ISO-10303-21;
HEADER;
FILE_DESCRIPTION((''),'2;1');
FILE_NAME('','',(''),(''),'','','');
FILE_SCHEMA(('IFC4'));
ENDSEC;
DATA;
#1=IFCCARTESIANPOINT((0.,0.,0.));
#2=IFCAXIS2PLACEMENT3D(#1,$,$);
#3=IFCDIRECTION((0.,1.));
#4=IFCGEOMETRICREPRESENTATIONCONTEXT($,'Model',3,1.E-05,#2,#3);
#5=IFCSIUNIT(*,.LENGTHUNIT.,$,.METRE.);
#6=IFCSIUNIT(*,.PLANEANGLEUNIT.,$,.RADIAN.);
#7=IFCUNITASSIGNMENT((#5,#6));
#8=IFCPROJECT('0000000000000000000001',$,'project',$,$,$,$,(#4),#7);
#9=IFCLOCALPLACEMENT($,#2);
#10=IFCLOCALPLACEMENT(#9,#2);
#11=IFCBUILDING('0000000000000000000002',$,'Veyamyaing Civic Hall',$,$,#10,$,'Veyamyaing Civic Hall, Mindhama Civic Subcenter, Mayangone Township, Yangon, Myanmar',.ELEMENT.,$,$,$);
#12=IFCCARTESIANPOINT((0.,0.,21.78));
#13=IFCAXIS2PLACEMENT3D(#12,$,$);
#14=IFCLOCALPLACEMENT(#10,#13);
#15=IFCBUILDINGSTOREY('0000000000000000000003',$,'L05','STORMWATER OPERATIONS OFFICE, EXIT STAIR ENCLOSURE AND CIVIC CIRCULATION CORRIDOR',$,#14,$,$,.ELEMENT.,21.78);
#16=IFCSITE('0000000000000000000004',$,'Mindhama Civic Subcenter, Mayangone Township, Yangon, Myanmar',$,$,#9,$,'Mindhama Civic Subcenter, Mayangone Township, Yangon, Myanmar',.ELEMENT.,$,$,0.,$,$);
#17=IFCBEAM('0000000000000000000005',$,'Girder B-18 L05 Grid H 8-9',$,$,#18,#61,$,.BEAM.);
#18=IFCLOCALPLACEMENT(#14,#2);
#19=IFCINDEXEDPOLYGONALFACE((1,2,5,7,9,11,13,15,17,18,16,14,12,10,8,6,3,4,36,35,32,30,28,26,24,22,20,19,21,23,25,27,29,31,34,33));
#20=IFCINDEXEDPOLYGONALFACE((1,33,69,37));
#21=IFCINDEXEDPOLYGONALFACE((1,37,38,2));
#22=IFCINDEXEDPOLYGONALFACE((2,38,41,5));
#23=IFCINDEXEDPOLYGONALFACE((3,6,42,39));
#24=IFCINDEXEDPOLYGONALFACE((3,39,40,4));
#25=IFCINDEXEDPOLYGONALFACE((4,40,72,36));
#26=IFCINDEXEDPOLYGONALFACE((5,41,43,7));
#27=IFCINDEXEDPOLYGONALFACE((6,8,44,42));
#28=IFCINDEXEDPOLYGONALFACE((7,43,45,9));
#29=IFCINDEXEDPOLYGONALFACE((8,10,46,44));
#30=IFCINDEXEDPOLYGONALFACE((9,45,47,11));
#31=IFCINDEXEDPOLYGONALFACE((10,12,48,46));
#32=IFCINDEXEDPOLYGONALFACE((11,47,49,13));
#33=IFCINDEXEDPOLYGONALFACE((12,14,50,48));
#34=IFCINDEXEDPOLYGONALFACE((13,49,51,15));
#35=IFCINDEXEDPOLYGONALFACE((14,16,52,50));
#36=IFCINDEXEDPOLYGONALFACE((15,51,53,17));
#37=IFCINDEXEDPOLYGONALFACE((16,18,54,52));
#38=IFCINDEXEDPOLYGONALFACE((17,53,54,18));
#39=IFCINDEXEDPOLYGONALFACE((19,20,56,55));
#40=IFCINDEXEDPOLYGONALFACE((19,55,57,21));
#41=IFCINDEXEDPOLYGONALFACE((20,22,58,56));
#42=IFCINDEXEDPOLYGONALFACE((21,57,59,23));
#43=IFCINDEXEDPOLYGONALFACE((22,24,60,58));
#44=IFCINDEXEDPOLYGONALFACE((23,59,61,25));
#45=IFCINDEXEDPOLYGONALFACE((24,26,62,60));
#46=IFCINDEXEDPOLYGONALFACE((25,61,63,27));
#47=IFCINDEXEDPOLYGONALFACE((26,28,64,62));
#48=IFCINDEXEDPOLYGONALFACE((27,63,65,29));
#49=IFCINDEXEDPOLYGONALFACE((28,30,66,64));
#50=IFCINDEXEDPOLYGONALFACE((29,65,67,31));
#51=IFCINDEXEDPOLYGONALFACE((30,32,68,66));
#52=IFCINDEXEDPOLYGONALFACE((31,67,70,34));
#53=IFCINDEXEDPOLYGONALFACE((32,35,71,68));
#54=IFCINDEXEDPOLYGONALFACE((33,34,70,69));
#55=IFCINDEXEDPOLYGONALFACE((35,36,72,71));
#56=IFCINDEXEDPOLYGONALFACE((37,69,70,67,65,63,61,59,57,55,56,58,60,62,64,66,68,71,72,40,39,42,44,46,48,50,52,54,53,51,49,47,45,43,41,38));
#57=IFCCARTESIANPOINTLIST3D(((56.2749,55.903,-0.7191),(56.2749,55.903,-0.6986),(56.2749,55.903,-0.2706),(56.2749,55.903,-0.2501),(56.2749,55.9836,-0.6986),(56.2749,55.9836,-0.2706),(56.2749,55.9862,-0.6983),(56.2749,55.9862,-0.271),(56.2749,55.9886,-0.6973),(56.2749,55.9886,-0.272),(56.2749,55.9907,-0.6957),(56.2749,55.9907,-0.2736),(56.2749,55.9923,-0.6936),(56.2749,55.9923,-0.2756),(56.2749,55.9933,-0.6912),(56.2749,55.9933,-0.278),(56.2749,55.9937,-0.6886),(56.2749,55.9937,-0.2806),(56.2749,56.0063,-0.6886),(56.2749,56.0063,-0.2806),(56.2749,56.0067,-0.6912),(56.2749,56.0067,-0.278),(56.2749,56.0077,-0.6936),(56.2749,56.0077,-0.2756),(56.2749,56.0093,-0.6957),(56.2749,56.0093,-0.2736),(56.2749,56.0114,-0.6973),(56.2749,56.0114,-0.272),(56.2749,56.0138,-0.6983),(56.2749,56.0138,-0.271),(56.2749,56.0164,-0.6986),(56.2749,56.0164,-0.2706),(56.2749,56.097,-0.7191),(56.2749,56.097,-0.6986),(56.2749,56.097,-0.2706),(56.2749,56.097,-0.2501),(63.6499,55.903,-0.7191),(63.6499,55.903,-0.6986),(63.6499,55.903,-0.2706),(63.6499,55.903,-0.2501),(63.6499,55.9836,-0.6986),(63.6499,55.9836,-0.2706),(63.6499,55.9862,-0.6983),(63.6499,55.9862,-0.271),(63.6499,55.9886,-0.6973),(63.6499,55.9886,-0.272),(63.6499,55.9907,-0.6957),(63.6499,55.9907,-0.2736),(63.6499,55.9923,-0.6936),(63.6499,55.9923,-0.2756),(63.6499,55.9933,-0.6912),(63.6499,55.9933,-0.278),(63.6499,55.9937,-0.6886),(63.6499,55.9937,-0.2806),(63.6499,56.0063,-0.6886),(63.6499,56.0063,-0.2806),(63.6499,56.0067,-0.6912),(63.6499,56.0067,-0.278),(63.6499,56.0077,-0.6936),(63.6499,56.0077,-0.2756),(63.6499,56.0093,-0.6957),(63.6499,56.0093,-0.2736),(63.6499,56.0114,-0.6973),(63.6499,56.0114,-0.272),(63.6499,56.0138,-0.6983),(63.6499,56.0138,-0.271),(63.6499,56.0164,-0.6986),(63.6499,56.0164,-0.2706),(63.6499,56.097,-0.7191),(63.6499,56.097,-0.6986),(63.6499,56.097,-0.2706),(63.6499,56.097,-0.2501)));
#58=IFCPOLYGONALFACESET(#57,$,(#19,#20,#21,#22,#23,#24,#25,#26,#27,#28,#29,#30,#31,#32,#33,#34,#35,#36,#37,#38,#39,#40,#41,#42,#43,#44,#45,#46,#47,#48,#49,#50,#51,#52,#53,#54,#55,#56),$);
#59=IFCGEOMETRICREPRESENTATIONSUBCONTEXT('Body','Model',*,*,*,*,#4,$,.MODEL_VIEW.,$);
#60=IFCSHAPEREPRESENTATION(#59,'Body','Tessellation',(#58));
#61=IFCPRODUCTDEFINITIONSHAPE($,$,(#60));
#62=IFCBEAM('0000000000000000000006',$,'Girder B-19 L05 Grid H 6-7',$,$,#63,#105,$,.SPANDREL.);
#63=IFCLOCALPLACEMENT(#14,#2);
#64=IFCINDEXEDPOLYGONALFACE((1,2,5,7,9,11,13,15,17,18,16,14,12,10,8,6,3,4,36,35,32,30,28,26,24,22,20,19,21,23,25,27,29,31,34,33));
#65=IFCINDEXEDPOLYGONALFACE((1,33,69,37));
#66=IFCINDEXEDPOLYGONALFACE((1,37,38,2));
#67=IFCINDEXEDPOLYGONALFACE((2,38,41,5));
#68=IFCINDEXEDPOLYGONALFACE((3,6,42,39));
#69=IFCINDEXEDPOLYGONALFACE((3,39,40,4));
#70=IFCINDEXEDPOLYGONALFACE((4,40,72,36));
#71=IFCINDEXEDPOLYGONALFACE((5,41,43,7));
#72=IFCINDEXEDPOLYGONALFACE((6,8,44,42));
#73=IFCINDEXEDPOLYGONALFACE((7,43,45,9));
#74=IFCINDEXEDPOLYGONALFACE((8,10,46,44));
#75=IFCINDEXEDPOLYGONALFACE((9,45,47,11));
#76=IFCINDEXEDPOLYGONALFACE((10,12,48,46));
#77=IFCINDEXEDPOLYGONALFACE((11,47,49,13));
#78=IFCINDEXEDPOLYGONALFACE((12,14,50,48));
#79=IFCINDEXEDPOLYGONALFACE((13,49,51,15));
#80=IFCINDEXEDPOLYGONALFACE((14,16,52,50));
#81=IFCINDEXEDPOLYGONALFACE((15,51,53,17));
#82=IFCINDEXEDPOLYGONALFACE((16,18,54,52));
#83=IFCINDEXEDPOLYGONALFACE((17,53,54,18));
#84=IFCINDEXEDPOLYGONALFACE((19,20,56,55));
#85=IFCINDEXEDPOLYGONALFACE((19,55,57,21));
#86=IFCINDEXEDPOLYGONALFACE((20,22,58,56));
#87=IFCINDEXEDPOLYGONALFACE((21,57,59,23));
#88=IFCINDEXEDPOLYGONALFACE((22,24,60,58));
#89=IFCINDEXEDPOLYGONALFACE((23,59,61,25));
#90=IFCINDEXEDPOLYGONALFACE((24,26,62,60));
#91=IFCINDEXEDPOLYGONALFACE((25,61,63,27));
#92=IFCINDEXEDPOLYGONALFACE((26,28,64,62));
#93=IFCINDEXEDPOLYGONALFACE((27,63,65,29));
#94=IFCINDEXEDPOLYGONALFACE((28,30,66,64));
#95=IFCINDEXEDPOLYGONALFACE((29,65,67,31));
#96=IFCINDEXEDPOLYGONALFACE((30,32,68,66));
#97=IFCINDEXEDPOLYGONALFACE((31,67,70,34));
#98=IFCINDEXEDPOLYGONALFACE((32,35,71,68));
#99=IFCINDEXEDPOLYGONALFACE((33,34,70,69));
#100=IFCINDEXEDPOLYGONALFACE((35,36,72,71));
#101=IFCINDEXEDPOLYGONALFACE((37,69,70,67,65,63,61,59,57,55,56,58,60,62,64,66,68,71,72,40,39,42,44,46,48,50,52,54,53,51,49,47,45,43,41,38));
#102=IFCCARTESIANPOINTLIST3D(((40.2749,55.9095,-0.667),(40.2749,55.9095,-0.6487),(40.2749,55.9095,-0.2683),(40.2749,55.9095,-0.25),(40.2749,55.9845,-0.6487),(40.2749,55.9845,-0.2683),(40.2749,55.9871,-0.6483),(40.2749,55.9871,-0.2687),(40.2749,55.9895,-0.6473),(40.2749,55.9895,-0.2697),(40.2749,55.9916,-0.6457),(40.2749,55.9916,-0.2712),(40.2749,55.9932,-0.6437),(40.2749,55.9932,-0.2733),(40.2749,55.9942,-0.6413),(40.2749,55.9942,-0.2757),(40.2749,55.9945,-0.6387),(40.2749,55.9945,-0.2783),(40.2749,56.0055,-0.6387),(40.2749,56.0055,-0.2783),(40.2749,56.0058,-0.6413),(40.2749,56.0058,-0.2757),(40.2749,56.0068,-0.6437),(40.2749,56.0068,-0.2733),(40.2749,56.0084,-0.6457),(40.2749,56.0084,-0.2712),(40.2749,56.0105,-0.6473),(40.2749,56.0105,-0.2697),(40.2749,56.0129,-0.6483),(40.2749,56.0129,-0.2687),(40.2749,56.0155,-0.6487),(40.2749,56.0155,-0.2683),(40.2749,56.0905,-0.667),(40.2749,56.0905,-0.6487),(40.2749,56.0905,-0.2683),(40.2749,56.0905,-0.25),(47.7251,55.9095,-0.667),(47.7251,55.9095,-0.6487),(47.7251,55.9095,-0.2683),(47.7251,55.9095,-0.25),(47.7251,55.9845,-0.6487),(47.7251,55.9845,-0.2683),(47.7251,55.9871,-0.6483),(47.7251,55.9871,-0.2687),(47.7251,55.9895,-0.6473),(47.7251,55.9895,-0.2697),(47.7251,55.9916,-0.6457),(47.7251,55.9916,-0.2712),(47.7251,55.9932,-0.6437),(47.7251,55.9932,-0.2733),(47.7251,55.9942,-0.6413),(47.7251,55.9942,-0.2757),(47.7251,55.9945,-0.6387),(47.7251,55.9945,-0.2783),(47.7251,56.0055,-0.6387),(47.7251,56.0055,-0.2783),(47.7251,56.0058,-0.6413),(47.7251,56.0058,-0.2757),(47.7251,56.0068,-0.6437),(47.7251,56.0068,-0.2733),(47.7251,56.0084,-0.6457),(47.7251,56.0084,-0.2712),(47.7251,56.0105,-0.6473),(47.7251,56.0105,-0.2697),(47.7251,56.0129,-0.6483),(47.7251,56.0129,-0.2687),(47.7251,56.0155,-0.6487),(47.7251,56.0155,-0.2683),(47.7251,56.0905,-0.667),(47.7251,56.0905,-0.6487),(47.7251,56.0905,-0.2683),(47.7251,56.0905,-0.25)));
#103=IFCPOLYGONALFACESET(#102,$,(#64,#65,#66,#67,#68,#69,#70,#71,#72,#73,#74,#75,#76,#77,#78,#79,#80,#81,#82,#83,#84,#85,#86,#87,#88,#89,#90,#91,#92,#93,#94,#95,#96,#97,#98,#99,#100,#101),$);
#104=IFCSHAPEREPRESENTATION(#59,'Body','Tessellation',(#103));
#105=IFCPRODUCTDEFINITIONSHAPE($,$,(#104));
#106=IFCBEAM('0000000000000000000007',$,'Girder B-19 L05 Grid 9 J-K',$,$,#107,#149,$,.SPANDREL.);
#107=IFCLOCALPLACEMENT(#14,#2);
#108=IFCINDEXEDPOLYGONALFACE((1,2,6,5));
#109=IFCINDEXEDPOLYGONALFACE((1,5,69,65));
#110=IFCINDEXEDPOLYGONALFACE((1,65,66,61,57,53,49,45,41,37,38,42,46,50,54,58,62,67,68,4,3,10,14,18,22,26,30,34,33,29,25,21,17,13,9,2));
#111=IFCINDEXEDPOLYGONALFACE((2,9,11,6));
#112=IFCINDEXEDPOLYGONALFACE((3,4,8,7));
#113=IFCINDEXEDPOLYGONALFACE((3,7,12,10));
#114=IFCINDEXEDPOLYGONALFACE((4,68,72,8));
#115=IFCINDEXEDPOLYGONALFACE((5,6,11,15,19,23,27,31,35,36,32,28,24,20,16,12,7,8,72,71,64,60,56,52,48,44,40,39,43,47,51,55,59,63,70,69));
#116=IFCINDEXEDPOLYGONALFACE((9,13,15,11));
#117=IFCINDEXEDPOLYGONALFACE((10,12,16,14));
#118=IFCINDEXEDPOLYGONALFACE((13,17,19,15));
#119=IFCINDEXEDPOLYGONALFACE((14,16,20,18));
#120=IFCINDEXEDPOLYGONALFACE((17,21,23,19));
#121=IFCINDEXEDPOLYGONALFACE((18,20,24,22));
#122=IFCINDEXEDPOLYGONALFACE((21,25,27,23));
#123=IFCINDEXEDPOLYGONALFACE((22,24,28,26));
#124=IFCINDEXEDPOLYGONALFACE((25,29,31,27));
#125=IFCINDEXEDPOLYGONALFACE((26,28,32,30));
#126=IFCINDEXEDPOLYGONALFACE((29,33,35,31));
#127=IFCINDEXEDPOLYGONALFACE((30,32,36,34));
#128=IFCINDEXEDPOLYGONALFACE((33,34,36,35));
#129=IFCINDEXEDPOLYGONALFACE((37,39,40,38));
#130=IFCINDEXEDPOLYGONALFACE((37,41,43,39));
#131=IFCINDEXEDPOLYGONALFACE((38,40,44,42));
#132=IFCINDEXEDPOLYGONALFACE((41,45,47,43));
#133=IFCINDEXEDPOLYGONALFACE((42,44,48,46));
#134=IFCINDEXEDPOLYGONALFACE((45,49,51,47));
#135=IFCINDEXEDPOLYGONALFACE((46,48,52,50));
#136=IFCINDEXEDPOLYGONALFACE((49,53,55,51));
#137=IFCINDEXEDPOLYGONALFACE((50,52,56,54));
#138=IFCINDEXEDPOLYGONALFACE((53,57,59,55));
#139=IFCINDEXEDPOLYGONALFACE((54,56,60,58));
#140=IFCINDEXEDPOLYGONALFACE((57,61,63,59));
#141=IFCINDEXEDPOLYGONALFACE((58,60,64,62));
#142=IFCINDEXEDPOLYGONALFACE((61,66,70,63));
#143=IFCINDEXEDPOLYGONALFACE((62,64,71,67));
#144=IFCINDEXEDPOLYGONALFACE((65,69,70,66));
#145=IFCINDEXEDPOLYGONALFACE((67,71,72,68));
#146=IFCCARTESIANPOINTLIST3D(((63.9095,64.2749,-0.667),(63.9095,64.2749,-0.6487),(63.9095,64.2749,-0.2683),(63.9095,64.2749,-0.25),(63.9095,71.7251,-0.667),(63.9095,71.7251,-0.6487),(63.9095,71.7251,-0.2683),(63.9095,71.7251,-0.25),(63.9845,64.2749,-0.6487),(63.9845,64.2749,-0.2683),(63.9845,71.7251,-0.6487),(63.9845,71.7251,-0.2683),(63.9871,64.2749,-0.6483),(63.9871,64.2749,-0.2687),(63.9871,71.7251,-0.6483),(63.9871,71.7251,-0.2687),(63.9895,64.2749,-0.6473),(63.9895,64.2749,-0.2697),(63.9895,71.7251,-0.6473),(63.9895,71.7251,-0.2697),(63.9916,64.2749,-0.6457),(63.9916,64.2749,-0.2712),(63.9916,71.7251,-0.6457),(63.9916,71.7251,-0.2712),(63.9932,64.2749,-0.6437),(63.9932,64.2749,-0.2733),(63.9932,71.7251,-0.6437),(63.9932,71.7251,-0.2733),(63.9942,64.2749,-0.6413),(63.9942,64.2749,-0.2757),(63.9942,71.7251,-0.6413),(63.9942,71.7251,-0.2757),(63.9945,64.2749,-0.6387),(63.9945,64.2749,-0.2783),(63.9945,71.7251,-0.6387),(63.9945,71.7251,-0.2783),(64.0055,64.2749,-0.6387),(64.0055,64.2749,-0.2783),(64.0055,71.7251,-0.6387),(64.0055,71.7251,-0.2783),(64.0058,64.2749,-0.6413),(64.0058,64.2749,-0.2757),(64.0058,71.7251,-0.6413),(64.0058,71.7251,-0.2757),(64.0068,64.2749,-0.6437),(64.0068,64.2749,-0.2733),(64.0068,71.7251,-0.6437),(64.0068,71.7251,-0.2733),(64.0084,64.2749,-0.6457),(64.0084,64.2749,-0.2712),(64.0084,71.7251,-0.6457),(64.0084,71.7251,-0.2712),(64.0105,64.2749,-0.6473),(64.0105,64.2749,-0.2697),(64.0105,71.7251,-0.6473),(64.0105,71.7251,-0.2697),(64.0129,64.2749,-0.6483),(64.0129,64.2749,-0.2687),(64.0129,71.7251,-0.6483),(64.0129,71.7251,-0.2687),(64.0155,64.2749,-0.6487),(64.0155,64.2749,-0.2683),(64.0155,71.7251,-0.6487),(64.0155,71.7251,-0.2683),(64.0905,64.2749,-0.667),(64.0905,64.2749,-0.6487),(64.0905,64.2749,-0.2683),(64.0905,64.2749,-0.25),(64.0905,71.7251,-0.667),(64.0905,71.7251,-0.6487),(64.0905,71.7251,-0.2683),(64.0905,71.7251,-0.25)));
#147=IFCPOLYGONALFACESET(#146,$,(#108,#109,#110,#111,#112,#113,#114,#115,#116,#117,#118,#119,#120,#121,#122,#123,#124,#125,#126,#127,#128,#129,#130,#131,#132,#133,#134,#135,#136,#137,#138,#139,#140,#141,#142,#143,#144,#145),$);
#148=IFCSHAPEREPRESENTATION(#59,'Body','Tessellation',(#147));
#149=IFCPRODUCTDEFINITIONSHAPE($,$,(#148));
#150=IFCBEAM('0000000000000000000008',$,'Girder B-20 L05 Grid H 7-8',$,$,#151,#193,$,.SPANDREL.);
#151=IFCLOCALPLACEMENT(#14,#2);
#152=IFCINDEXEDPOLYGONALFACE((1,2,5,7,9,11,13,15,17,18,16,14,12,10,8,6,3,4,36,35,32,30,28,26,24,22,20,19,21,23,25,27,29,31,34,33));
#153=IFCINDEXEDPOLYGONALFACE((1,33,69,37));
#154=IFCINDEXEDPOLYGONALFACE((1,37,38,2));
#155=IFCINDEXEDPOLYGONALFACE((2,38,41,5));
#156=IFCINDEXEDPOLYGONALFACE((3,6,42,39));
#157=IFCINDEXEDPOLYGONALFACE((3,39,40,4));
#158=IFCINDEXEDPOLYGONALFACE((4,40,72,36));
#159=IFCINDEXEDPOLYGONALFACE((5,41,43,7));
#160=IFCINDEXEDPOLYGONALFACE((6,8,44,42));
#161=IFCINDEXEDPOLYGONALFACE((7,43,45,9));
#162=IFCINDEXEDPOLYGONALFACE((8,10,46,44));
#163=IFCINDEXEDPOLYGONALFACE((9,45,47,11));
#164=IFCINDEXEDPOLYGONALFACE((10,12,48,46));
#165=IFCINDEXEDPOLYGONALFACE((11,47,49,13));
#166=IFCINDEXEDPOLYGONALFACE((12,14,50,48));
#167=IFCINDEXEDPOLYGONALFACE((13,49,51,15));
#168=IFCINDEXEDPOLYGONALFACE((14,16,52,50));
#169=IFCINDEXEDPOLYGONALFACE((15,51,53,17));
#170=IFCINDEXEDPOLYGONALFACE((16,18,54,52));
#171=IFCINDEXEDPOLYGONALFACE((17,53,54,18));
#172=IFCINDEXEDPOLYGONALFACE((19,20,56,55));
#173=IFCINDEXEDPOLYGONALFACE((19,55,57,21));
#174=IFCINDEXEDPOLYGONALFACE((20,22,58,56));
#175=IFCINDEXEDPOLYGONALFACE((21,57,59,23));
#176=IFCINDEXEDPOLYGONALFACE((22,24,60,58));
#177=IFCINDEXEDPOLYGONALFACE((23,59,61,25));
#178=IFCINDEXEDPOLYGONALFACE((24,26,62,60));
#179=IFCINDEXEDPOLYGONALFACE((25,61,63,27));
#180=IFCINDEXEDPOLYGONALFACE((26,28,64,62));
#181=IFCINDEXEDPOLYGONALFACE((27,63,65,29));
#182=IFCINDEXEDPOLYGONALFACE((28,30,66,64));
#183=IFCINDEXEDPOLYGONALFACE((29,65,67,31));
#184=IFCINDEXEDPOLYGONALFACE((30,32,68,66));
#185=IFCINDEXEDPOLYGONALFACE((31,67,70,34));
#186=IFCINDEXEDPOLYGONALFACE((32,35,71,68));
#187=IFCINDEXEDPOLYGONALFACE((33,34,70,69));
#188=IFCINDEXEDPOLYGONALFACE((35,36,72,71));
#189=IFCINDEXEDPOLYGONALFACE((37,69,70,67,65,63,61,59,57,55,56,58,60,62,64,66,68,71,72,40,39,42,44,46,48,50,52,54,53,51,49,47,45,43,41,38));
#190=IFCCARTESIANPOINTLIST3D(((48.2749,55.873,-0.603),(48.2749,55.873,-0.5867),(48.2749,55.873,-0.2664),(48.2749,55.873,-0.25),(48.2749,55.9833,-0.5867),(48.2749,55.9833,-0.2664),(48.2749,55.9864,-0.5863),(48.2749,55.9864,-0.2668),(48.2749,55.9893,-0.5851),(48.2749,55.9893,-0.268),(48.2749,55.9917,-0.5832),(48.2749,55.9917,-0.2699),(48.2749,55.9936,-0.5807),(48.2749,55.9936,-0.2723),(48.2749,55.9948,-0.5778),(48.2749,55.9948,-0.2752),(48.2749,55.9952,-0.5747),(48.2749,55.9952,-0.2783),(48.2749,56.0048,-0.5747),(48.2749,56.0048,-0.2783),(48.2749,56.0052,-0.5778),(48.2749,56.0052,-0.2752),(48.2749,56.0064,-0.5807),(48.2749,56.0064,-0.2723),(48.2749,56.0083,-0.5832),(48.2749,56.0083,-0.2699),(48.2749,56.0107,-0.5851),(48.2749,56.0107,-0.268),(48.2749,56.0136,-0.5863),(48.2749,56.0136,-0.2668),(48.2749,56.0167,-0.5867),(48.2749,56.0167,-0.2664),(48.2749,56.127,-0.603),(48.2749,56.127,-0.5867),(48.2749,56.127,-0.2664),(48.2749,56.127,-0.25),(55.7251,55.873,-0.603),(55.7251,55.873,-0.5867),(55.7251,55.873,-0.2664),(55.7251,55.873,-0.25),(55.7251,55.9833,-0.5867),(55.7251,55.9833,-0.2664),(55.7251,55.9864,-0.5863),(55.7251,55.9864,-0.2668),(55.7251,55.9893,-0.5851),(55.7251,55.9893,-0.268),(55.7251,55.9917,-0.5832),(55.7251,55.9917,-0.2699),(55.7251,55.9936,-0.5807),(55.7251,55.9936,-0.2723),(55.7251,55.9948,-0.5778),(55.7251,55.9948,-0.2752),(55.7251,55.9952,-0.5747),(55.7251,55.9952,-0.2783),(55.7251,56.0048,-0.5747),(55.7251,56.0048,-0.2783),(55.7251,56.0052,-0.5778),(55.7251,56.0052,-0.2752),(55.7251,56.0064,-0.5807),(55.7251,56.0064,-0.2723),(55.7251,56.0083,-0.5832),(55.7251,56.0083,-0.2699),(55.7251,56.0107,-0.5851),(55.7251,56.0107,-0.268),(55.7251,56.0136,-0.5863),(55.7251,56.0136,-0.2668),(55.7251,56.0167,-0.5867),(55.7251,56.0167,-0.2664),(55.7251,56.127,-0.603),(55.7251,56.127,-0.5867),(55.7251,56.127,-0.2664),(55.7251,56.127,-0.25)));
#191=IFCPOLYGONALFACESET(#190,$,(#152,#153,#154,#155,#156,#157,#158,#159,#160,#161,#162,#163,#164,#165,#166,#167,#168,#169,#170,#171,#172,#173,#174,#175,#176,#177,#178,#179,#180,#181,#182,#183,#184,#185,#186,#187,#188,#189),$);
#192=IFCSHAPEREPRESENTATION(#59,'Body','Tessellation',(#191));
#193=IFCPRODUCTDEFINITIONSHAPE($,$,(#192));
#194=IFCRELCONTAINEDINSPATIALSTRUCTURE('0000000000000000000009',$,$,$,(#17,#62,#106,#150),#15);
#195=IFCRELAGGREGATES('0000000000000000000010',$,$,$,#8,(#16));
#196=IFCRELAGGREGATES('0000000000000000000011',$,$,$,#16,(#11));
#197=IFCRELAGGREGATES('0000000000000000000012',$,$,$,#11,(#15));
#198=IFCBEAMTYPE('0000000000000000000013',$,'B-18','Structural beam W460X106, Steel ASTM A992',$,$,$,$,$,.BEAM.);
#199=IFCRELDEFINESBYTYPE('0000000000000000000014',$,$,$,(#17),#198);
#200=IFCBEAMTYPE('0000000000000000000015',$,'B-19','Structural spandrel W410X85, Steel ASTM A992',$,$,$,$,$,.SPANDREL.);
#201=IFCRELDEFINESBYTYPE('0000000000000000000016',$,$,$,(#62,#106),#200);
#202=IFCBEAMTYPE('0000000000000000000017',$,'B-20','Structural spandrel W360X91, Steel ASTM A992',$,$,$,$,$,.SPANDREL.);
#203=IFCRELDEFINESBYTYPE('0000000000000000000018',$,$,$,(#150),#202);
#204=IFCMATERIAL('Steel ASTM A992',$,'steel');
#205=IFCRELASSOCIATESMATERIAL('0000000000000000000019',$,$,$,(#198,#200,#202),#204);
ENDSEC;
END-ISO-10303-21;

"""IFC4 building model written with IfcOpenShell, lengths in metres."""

from ifc_helpers import new_model, si_unit, direction, frame, origin, origin_2d, place, context, subcontext, project, spatial, i_section, extrude, material, material_profile, profile_set, type_object, element, save


model = new_model("IFC4")

# Units and contexts
model_context = context("Model", 3, precision=1e-05, world=origin(), true_north=direction((0.0, 1.0)))
body_context = subcontext(model_context, "Body", "Model", "MODEL_VIEW")
ifc_project = project(units=[si_unit("LENGTHUNIT", "METRE"), si_unit("PLANEANGLEUNIT", "RADIAN")], contexts=[model_context])

# Site, building, storey
site_placement = place(None, origin())
site = spatial("IfcSite", under=ifc_project, at=site_placement, Name="Mindhama Civic Subcenter, Mayangone Township, Yangon, Myanmar", LongName="Mindhama Civic Subcenter, Mayangone Township, Yangon, Myanmar", CompositionType="ELEMENT", RefElevation=0.0)
building_placement = place(site_placement, origin())
building = spatial("IfcBuilding", under=site, at=building_placement, Name="Veyamyaing Civic Hall", LongName="Veyamyaing Civic Hall, Mindhama Civic Subcenter, Mayangone Township, Yangon, Myanmar", CompositionType="ELEMENT")
storey_placement = place(building_placement, frame((0.0, 0.0, 21.78)))
storey = spatial("IfcBuildingStorey", under=building, at=storey_placement, Name="L05", Description="STORMWATER OPERATIONS OFFICE, EXIT STAIR ENCLOSURE AND CIVIC CIRCULATION CORRIDOR", CompositionType="ELEMENT", Elevation=21.78)

# Beams
ifc_material_1 = material(Name="Steel ASTM A992", Category="steel")
ifc_material_profile_1 = material_profile(ifc_material_1, i_section(OverallWidth=0.1941, OverallDepth=0.469, WebThickness=0.0127, FlangeThickness=0.0205, FilletRadius=0.01, at=origin_2d()), Name="W460X106")
ifc_profile_set_1 = profile_set([ifc_material_profile_1], Name="Steel ASTM A992")
beam_type_1 = type_object("IfcBeamType", Name="B-18", Description="Structural beam W460X106, Steel ASTM A992", PredefinedType="BEAM", material=ifc_profile_set_1)
beam_1_placement = place(storey_placement, frame((56.2749, 56.0, -0.4846), z_axis=(1.0, 0.0, 0.0), x_axis=(0.0, 1.0, 0.0)))
element("IfcBeam", 1, at=beam_1_placement, inside=storey, type_object=beam_type_1, Name="Girder B-18 L05 Grid H 8-9", PredefinedType="BEAM", context=body_context, shape_type="SweptSolid", body=[
    extrude(i_section(OverallWidth=0.1941, OverallDepth=0.469, WebThickness=0.0127, FlangeThickness=0.0205, FilletRadius=0.01, at=origin_2d()), origin(), (0.0, 0.0, 1.0), 7.375),
])
ifc_material_profile_2 = material_profile(ifc_material_1, i_section(OverallWidth=0.1809, OverallDepth=0.417, WebThickness=0.011, FlangeThickness=0.0183, FilletRadius=0.01, at=origin_2d()), Name="W410X85")
ifc_profile_set_2 = profile_set([ifc_material_profile_2], Name="Steel ASTM A992")
beam_type_2 = type_object("IfcBeamType", Name="B-19", Description="Structural spandrel W410X85, Steel ASTM A992", PredefinedType="SPANDREL", material=ifc_profile_set_2)
for number, where, z_axis, x_axis, name in (
    (2, (40.2749, 56.0, -0.4585), (1.0, 0.0, 0.0), (0.0, 1.0, 0.0), "Girder B-19 L05 Grid H 6-7"),
    (3, (64.0, 64.2749, -0.4585), (0.0, 1.0, 0.0), (-1.0, 0.0, 0.0), "Girder B-19 L05 Grid 9 J-K"),
):
    element("IfcBeam", number, at=place(storey_placement, frame(where, z_axis=z_axis, x_axis=x_axis)), inside=storey, type_object=beam_type_2, Name=name, PredefinedType="SPANDREL", context=body_context, shape_type="SweptSolid", body=[
        extrude(i_section(OverallWidth=0.1809, OverallDepth=0.417, WebThickness=0.011, FlangeThickness=0.0183, FilletRadius=0.01, at=origin_2d()), origin(), (0.0, 0.0, 1.0), 7.4502),
    ])
ifc_material_profile_3 = material_profile(ifc_material_1, i_section(OverallWidth=0.2539, OverallDepth=0.353, WebThickness=0.0095, FlangeThickness=0.0164, FilletRadius=0.012, at=origin_2d()), Name="W360X91")
ifc_profile_set_3 = profile_set([ifc_material_profile_3], Name="Steel ASTM A992")
beam_type_3 = type_object("IfcBeamType", Name="B-20", Description="Structural spandrel W360X91, Steel ASTM A992", PredefinedType="SPANDREL", material=ifc_profile_set_3)
for number, where, z_axis, x_axis, name in (
    (4, (48.2749, 56.0, -0.4265), (1.0, 0.0, 0.0), (0.0, 1.0, 0.0), "Girder B-20 L05 Grid H 7-8"),
):
    element("IfcBeam", number, at=place(storey_placement, frame(where, z_axis=z_axis, x_axis=x_axis)), inside=storey, type_object=beam_type_3, Name=name, PredefinedType="SPANDREL", context=body_context, shape_type="SweptSolid", body=[
        extrude(i_section(OverallWidth=0.2539, OverallDepth=0.353, WebThickness=0.0095, FlangeThickness=0.0164, FilletRadius=0.012, at=origin_2d()), origin(), (0.0, 0.0, 1.0), 7.4502),
    ])

save(model, "model.ifc")
